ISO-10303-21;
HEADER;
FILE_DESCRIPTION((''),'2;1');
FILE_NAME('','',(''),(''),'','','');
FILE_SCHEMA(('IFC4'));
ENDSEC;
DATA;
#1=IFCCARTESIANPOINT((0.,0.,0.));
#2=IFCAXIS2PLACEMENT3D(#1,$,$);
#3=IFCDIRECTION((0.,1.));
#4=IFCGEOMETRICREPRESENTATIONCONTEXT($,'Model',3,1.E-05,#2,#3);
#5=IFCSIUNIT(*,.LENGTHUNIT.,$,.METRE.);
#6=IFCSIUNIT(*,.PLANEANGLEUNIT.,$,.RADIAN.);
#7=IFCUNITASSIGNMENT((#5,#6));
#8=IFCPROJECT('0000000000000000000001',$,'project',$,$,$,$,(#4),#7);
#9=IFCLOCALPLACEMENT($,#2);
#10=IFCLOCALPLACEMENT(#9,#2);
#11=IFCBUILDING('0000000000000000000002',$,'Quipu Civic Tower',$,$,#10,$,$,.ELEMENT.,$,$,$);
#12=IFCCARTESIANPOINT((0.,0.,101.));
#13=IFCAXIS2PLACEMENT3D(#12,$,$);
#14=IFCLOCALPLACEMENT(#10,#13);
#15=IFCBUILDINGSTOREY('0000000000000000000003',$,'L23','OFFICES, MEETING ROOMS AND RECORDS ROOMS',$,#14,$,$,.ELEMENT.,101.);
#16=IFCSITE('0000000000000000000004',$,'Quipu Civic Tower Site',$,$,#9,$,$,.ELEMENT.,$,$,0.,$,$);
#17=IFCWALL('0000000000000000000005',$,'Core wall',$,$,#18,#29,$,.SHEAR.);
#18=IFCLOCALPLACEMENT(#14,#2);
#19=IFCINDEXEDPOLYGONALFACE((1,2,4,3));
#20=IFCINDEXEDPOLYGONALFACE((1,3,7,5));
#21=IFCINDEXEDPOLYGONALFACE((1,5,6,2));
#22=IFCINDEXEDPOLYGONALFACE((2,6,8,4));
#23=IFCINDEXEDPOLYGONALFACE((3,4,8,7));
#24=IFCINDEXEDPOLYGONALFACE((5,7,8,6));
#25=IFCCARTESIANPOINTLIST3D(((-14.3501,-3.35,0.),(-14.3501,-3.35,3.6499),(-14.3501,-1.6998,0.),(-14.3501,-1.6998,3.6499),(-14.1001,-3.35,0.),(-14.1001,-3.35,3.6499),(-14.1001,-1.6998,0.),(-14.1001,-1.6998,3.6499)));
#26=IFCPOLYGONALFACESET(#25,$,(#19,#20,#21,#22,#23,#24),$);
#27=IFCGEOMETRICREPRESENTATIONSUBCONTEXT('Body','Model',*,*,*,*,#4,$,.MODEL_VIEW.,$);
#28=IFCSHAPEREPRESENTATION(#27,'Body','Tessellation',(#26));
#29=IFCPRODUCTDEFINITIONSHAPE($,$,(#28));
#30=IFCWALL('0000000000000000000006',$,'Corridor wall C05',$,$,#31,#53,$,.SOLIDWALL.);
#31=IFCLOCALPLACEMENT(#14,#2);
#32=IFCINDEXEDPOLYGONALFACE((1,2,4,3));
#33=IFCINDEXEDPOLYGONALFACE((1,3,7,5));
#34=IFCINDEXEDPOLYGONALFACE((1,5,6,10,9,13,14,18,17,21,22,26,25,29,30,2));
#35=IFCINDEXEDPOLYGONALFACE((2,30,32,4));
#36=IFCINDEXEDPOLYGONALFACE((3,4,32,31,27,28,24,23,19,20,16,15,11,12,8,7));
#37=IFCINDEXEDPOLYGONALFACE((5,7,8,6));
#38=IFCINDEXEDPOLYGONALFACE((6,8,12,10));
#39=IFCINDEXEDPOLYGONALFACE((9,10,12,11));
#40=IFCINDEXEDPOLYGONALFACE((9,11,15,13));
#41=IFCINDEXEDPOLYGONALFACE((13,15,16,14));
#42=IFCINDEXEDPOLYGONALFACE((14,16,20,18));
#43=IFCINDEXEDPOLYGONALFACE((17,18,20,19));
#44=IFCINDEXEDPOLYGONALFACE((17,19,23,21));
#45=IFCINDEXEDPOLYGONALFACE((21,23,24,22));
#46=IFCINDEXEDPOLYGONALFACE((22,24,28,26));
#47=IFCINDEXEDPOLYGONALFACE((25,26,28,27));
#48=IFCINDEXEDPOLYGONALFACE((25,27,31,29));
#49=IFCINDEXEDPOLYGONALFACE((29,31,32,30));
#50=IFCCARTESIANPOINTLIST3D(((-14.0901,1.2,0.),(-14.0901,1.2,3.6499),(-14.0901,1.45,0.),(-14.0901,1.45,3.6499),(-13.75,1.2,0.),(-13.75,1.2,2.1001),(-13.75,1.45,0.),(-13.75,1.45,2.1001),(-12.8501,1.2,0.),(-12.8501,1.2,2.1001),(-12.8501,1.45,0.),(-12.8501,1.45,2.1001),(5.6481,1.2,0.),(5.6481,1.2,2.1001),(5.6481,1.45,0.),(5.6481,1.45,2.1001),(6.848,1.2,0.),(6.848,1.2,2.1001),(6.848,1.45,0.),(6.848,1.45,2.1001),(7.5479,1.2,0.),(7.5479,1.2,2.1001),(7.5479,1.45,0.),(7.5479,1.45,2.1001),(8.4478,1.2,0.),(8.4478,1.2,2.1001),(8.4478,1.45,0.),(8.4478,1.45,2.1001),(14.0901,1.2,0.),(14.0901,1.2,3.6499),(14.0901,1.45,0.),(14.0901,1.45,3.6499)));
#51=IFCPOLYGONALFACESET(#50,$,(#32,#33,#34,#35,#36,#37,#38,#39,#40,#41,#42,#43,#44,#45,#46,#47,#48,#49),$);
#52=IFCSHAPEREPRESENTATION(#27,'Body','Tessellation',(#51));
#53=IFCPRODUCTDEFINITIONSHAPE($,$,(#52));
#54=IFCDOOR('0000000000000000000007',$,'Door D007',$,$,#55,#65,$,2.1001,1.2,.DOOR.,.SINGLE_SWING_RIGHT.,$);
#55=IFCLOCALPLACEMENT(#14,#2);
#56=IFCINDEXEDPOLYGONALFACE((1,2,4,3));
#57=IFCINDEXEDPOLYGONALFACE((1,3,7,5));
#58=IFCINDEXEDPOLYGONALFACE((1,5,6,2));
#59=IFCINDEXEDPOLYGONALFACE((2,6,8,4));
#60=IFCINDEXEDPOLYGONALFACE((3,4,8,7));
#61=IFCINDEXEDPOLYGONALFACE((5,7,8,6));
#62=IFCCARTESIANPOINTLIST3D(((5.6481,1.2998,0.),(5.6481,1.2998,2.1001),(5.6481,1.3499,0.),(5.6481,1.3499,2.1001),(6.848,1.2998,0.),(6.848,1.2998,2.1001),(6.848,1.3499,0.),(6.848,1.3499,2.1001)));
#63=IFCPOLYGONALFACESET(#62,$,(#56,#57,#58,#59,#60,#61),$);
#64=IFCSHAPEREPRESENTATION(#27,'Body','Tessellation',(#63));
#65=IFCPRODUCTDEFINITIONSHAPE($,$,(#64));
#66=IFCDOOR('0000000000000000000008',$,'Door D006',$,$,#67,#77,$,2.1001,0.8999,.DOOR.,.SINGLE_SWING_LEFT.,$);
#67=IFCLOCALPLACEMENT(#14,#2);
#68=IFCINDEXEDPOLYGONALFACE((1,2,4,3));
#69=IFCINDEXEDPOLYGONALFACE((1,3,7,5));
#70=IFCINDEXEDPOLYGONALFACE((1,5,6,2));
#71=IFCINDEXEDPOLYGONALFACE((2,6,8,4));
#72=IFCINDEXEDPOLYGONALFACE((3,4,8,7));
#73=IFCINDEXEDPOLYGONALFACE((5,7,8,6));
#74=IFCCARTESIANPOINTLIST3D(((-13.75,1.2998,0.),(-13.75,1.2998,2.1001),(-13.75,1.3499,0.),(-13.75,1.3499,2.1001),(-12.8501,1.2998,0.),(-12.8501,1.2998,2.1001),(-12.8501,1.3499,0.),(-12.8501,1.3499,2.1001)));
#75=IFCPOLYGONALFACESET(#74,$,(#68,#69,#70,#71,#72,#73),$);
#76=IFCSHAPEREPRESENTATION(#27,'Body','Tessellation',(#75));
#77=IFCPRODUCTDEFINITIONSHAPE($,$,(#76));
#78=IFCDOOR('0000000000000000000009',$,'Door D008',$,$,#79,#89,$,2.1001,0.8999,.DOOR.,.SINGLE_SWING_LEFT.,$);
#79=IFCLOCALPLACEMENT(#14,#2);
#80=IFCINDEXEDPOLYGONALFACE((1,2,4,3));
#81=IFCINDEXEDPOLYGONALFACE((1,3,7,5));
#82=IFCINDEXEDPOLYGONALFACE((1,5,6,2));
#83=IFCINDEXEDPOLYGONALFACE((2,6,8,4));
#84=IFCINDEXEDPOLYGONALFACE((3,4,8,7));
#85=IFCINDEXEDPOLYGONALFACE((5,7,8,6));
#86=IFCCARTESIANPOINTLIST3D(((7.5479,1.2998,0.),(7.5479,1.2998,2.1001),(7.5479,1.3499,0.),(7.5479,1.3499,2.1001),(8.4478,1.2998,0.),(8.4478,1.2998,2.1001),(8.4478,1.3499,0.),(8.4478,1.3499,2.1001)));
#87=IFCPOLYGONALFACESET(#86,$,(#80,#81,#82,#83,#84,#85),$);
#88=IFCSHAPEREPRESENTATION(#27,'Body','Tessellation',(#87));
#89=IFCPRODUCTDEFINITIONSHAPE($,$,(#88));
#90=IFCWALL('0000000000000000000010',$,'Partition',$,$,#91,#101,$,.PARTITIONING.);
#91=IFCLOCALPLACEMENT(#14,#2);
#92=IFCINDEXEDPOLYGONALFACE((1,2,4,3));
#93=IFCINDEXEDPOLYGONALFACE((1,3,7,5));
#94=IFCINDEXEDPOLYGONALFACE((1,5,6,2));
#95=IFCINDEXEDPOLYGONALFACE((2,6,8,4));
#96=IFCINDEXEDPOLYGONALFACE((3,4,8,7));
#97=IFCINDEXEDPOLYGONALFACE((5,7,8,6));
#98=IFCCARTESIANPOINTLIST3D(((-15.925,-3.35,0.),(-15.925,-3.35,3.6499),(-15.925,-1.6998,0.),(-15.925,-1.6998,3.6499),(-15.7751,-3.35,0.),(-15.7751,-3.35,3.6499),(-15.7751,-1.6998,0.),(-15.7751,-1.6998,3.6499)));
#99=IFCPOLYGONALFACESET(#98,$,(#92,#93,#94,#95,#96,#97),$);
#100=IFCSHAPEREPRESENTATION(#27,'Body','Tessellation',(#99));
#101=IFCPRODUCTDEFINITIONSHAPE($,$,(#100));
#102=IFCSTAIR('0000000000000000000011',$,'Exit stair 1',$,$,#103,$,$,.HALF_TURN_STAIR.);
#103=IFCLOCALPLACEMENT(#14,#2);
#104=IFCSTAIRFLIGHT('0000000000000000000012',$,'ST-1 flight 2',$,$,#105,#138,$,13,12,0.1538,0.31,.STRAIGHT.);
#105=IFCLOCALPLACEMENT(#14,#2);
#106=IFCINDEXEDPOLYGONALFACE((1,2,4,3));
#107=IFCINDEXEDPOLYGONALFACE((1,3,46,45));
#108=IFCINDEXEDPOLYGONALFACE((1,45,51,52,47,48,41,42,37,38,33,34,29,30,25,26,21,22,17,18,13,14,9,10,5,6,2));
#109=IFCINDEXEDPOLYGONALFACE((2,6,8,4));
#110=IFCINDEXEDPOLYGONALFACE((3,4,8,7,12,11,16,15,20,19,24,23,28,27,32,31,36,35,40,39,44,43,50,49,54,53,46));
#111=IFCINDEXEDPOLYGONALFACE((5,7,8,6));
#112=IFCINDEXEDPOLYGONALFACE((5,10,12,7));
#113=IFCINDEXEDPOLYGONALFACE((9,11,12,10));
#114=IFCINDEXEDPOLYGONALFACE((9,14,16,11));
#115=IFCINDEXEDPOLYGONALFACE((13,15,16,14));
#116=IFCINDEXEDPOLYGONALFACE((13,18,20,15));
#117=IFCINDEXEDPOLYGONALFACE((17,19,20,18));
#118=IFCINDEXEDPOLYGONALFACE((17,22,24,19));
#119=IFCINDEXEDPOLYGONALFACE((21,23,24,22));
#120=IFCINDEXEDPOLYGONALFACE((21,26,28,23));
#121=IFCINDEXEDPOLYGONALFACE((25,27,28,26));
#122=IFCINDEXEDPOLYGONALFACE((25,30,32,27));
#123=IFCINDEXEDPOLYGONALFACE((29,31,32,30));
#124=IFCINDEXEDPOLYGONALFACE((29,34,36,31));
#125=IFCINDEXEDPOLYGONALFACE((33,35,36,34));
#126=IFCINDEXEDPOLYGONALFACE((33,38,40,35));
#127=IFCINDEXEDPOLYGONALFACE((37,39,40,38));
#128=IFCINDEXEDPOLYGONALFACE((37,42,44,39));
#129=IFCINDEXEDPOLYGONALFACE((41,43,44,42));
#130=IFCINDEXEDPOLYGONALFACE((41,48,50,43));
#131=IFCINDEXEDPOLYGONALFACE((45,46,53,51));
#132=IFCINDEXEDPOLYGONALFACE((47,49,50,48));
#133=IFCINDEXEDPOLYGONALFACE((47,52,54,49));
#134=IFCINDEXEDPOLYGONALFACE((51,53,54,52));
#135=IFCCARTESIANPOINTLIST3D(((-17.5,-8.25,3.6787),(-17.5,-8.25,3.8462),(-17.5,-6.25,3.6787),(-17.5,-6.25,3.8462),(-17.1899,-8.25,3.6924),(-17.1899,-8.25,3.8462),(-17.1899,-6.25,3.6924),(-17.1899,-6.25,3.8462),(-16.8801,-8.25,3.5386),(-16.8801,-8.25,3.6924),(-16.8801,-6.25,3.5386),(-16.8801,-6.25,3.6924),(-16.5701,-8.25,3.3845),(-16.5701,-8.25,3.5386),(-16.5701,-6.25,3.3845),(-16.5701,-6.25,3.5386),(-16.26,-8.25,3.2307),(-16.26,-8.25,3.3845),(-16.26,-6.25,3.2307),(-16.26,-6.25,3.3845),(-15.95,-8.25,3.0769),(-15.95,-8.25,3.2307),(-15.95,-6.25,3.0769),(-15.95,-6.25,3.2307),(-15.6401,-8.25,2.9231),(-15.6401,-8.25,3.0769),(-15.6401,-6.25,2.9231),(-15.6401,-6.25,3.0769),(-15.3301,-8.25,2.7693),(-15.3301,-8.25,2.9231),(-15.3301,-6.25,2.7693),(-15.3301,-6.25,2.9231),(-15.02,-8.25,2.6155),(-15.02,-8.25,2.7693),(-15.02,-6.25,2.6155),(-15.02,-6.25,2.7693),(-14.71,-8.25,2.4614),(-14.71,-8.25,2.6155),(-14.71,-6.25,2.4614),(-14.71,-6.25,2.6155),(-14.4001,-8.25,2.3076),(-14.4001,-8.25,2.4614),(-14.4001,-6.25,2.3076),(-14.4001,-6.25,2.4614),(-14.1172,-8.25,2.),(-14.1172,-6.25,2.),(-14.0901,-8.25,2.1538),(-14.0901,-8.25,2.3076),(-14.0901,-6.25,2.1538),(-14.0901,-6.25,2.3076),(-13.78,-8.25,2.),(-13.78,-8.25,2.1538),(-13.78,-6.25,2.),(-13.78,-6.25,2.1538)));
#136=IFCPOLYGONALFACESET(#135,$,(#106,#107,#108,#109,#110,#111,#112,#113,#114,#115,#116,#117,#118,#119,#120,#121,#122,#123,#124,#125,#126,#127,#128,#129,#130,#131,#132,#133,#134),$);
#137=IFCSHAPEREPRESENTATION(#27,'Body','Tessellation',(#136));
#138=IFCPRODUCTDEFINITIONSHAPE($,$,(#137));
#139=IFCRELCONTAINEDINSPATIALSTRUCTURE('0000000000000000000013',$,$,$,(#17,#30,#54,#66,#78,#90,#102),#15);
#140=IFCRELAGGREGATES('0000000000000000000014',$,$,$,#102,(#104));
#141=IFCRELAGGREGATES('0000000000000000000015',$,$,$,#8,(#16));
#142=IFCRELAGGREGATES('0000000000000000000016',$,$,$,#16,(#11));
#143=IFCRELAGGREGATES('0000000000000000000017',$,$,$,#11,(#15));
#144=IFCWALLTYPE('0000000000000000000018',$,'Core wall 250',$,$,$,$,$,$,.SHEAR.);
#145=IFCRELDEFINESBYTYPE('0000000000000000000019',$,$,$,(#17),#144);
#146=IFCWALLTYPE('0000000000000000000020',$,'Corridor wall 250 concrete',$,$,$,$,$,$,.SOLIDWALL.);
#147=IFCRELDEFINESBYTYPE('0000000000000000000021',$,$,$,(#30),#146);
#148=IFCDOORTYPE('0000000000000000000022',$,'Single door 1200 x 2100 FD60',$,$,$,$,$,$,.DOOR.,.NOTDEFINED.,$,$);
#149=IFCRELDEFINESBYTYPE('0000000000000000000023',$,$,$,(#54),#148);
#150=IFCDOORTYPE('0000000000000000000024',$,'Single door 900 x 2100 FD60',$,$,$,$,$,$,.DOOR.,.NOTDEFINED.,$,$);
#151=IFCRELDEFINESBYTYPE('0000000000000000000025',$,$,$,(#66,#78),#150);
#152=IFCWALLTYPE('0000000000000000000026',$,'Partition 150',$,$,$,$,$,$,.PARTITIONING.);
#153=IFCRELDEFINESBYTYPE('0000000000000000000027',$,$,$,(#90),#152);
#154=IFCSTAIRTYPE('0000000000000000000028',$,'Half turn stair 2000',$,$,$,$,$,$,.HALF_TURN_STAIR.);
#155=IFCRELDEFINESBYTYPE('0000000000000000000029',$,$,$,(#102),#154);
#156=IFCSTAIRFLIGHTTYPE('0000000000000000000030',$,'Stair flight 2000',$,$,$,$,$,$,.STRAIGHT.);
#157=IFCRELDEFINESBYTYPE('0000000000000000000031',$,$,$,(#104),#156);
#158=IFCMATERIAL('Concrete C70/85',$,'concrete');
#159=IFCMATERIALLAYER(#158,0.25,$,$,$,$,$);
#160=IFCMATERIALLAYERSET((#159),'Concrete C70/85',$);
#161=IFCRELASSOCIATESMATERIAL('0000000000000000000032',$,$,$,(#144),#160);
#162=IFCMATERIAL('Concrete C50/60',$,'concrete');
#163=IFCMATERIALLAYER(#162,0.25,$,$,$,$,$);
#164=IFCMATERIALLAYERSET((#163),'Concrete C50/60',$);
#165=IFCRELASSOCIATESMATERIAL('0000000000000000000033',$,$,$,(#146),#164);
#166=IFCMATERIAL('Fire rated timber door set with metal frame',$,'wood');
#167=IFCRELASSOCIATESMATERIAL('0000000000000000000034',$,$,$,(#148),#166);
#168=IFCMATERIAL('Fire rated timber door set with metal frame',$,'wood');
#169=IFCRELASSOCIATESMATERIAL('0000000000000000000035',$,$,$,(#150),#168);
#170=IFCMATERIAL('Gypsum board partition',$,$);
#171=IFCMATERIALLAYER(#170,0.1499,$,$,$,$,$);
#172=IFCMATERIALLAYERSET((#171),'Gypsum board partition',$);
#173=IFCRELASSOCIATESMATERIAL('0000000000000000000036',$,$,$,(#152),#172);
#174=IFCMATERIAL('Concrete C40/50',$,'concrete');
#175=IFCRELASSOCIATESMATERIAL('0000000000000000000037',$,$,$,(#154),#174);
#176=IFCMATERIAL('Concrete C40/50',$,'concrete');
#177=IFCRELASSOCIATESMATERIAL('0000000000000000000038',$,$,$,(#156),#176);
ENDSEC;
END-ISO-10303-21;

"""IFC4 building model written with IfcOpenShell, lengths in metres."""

from ifc_helpers import new_model, si_unit, direction, frame, frame_2d, origin, place, context, subcontext, project, spatial, polyline, rectangle, outline, extrude, material, layer, layer_set, type_object, element, fill, aggregate, save


model = new_model("IFC4")

# Units and contexts
model_context = context("Model", 3, precision=1e-05, world=origin(), true_north=direction((0.0, 1.0)))
body_context = subcontext(model_context, "Body", "Model", "MODEL_VIEW")
ifc_project = project(units=[si_unit("LENGTHUNIT", "METRE"), si_unit("PLANEANGLEUNIT", "RADIAN")], contexts=[model_context])

# Site, building, storey
site_placement = place(None, origin())
site = spatial("IfcSite", under=ifc_project, at=site_placement, Name="Quipu Civic Tower Site", CompositionType="ELEMENT", RefElevation=0.0)
building_placement = place(site_placement, origin())
building = spatial("IfcBuilding", under=site, at=building_placement, Name="Quipu Civic Tower", CompositionType="ELEMENT")
storey_placement = place(building_placement, frame((0.0, 0.0, 101.0)))
storey = spatial("IfcBuildingStorey", under=building, at=storey_placement, Name="L23", Description="OFFICES, MEETING ROOMS AND RECORDS ROOMS", CompositionType="ELEMENT", Elevation=101.0)

# Shared definitions
ifc_material_1 = material(Name="Concrete C70/85", Category="concrete")
ifc_layer_1 = layer(ifc_material_1, 0.25)
ifc_layer_set_1 = layer_set([ifc_layer_1], Name="Concrete C70/85")
wall_type_1 = type_object("IfcWallType", Name="Core wall 250", PredefinedType="SHEAR", material=ifc_layer_set_1)

# Wall
wall_1_placement = place(storey_placement, frame((-14.2251, -3.3501, 0.0), z_axis=(0.0, 0.0, 1.0), x_axis=(0.0, 1.0, 0.0)))
element("IfcWall", 1, at=wall_1_placement, inside=storey, type_object=wall_type_1, Name="Core wall", PredefinedType="SHEAR", context=body_context, shape_type="SweptSolid", body=[
    extrude(rectangle(XDim=1.6501, YDim=0.25, at=frame_2d((0.8252, 0.0))), origin(), (0.0, 0.0, 1.0), 3.6499),
])

# Wall, openings, doors
ifc_material_2 = material(Name="Concrete C50/60", Category="concrete")
ifc_layer_2 = layer(ifc_material_2, 0.25)
ifc_layer_set_2 = layer_set([ifc_layer_2], Name="Concrete C50/60")
wall_type_2 = type_object("IfcWallType", Name="Corridor wall 250 concrete", PredefinedType="SOLIDWALL", material=ifc_layer_set_2)
wall_2_placement = place(storey_placement, frame((-14.0901, 1.325, 0.0), z_axis=(0.0, 0.0, 1.0), x_axis=(1.0, 0.0, 0.0)))
wall_2 = element("IfcWall", 2, at=wall_2_placement, inside=storey, type_object=wall_type_2, Name="Corridor wall C05", PredefinedType="SOLIDWALL", context=body_context, shape_type="SweptSolid", body=[
    extrude(rectangle(XDim=28.1802, YDim=0.25, at=frame_2d((14.0901, 0.0))), origin(), (0.0, 0.0, 1.0), 3.6499),
])
opening_1_placement = place(wall_2_placement, frame((19.738, 0.0, 0.0)))
opening_1 = element("IfcOpeningElement", 3, at=opening_1_placement, cuts=wall_2, PredefinedType="OPENING", context=body_context, shape_type="SweptSolid", body=[
    extrude(rectangle(XDim=1.2, YDim=2.1001, at=frame_2d((0.6001, 1.05))), frame((0.0, 0.135, 0.0), z_axis=(0.0, -1.0, 0.0), x_axis=(1.0, 0.0, 0.0)), (0.0, 0.0, 1.0), 0.27),
])
opening_2_placement = place(wall_2_placement, frame((0.3401, 0.0, 0.0)))
opening_2 = element("IfcOpeningElement", 4, at=opening_2_placement, cuts=wall_2, PredefinedType="OPENING", context=body_context, shape_type="SweptSolid", body=[
    extrude(rectangle(XDim=0.8999, YDim=2.1001, at=frame_2d((0.45, 1.05))), frame((0.0, 0.135, 0.0), z_axis=(0.0, -1.0, 0.0), x_axis=(1.0, 0.0, 0.0)), (0.0, 0.0, 1.0), 0.27),
])
opening_3_placement = place(wall_2_placement, frame((21.6379, 0.0, 0.0)))
opening_3 = element("IfcOpeningElement", 5, at=opening_3_placement, cuts=wall_2, PredefinedType="OPENING", context=body_context, shape_type="SweptSolid", body=[
    extrude(rectangle(XDim=0.8999, YDim=2.1001, at=frame_2d((0.45, 1.05))), frame((0.0, 0.135, 0.0), z_axis=(0.0, -1.0, 0.0), x_axis=(1.0, 0.0, 0.0)), (0.0, 0.0, 1.0), 0.27),
])
ifc_material_3 = material(Name="Fire rated timber door set with metal frame", Category="wood")
door_type_1 = type_object("IfcDoorType", Name="Single door 1200 x 2100 FD60", OperationType="NOTDEFINED", PredefinedType="DOOR", material=ifc_material_3)
door_1_placement = place(opening_1_placement, origin())
door_1 = element("IfcDoor", 6, at=door_1_placement, inside=storey, type_object=door_type_1, Name="Door D007", OperationType="SINGLE_SWING_RIGHT", OverallHeight=2.1001, OverallWidth=1.2, PredefinedType="DOOR", context=body_context, shape_type="SweptSolid", body=[
    extrude(rectangle(XDim=1.2, YDim=2.1001, at=frame_2d((0.6001, 1.05))), frame((0.0, 0.0249, 0.0), z_axis=(0.0, -1.0, 0.0), x_axis=(1.0, 0.0, 0.0)), (0.0, 0.0, 1.0), 0.05),
])
fill(opening_1, door_1)
ifc_material_4 = material(Name="Fire rated timber door set with metal frame", Category="wood")
door_type_2 = type_object("IfcDoorType", Name="Single door 900 x 2100 FD60", OperationType="NOTDEFINED", PredefinedType="DOOR", material=ifc_material_4)
door_2_placement = place(opening_2_placement, origin())
door_2 = element("IfcDoor", 7, at=door_2_placement, inside=storey, type_object=door_type_2, Name="Door D006", OperationType="SINGLE_SWING_LEFT", OverallHeight=2.1001, OverallWidth=0.8999, PredefinedType="DOOR", context=body_context, shape_type="SweptSolid", body=[
    extrude(rectangle(XDim=0.8999, YDim=2.1001, at=frame_2d((0.45, 1.05))), frame((0.0, 0.0249, 0.0), z_axis=(0.0, -1.0, 0.0), x_axis=(1.0, 0.0, 0.0)), (0.0, 0.0, 1.0), 0.05),
])
fill(opening_2, door_2)
door_3_placement = place(opening_3_placement, origin())
door_3 = element("IfcDoor", 8, at=door_3_placement, inside=storey, type_object=door_type_2, Name="Door D008", OperationType="SINGLE_SWING_LEFT", OverallHeight=2.1001, OverallWidth=0.8999, PredefinedType="DOOR", context=body_context, shape_type="SweptSolid", body=[
    extrude(rectangle(XDim=0.8999, YDim=2.1001, at=frame_2d((0.45, 1.05))), frame((0.0, 0.0249, 0.0), z_axis=(0.0, -1.0, 0.0), x_axis=(1.0, 0.0, 0.0)), (0.0, 0.0, 1.0), 0.05),
])
fill(opening_3, door_3)

# Wall
ifc_material_5 = material(Name="Gypsum board partition")
ifc_layer_3 = layer(ifc_material_5, 0.1499)
ifc_layer_set_3 = layer_set([ifc_layer_3], Name="Gypsum board partition")
wall_type_3 = type_object("IfcWallType", Name="Partition 150", PredefinedType="PARTITIONING", material=ifc_layer_set_3)
wall_3_placement = place(storey_placement, frame((-15.8501, -3.3501, 0.0), z_axis=(0.0, 0.0, 1.0), x_axis=(0.0, 1.0, 0.0)))
element("IfcWall", 9, at=wall_3_placement, inside=storey, type_object=wall_type_3, Name="Partition", PredefinedType="PARTITIONING", context=body_context, shape_type="SweptSolid", body=[
    extrude(rectangle(XDim=1.6501, YDim=0.1499, at=frame_2d((0.8252, 0.0))), origin(), (0.0, 0.0, 1.0), 3.6499),
])

# Stair, stair flight
ifc_material_6 = material(Name="Concrete C40/50", Category="concrete")
stair_type = type_object("IfcStairType", Name="Half turn stair 2000", PredefinedType="HALF_TURN_STAIR", material=ifc_material_6)
stair_placement = place(storey_placement, origin())
stair = element("IfcStair", 10, at=stair_placement, inside=storey, type_object=stair_type, Name="Exit stair 1", PredefinedType="HALF_TURN_STAIR")
ifc_material_7 = material(Name="Concrete C40/50", Category="concrete")
stair_flight_type = type_object("IfcStairFlightType", Name="Stair flight 2000", PredefinedType="STRAIGHT", material=ifc_material_7)
stair_flight_placement = place(storey_placement, frame((-13.78, -7.25, 2.0), z_axis=(0.0, 0.0, 1.0), x_axis=(-1.0, 0.0, 0.0)))
stair_flight = element("IfcStairFlight", 11, at=stair_flight_placement, type_object=stair_flight_type, Name="ST-1 flight 2", NumberOfRisers=13, NumberOfTreads=12, PredefinedType="STRAIGHT", RiserHeight=0.1538, TreadLength=0.31, context=body_context, shape_type="SweptSolid", body=[
    extrude(outline(polyline([(0.0, 0.0), (0.0, 0.1538), (0.3101, 0.1538), (0.3101, 0.3076), (0.6201, 0.3076), (0.6201, 0.4614), (0.9299, 0.4614), (0.9299, 0.6155), (1.24, 0.6155), (1.24, 0.7693), (1.55, 0.7693), (1.55, 0.9231), (1.8601, 0.9231), (1.8601, 1.0769), (2.1699, 1.0769), (2.1699, 1.2307), (2.48, 1.2307), (2.48, 1.3845), (2.79, 1.3845), (2.79, 1.5386), (3.1001, 1.5386), (3.1001, 1.6924), (3.4099, 1.6924), (3.4099, 1.8462), (3.72, 1.8462), (3.72, 2.0), (3.72, 1.6787), (0.3372, 0.0), (0.0, 0.0)])), frame((0.0, 1.0, 0.0), z_axis=(0.0, -1.0, 0.0), x_axis=(1.0, 0.0, 0.0)), (0.0, 0.0, 1.0), 2.0),
])
aggregate(stair, [stair_flight])

save(model, "model.ifc")
